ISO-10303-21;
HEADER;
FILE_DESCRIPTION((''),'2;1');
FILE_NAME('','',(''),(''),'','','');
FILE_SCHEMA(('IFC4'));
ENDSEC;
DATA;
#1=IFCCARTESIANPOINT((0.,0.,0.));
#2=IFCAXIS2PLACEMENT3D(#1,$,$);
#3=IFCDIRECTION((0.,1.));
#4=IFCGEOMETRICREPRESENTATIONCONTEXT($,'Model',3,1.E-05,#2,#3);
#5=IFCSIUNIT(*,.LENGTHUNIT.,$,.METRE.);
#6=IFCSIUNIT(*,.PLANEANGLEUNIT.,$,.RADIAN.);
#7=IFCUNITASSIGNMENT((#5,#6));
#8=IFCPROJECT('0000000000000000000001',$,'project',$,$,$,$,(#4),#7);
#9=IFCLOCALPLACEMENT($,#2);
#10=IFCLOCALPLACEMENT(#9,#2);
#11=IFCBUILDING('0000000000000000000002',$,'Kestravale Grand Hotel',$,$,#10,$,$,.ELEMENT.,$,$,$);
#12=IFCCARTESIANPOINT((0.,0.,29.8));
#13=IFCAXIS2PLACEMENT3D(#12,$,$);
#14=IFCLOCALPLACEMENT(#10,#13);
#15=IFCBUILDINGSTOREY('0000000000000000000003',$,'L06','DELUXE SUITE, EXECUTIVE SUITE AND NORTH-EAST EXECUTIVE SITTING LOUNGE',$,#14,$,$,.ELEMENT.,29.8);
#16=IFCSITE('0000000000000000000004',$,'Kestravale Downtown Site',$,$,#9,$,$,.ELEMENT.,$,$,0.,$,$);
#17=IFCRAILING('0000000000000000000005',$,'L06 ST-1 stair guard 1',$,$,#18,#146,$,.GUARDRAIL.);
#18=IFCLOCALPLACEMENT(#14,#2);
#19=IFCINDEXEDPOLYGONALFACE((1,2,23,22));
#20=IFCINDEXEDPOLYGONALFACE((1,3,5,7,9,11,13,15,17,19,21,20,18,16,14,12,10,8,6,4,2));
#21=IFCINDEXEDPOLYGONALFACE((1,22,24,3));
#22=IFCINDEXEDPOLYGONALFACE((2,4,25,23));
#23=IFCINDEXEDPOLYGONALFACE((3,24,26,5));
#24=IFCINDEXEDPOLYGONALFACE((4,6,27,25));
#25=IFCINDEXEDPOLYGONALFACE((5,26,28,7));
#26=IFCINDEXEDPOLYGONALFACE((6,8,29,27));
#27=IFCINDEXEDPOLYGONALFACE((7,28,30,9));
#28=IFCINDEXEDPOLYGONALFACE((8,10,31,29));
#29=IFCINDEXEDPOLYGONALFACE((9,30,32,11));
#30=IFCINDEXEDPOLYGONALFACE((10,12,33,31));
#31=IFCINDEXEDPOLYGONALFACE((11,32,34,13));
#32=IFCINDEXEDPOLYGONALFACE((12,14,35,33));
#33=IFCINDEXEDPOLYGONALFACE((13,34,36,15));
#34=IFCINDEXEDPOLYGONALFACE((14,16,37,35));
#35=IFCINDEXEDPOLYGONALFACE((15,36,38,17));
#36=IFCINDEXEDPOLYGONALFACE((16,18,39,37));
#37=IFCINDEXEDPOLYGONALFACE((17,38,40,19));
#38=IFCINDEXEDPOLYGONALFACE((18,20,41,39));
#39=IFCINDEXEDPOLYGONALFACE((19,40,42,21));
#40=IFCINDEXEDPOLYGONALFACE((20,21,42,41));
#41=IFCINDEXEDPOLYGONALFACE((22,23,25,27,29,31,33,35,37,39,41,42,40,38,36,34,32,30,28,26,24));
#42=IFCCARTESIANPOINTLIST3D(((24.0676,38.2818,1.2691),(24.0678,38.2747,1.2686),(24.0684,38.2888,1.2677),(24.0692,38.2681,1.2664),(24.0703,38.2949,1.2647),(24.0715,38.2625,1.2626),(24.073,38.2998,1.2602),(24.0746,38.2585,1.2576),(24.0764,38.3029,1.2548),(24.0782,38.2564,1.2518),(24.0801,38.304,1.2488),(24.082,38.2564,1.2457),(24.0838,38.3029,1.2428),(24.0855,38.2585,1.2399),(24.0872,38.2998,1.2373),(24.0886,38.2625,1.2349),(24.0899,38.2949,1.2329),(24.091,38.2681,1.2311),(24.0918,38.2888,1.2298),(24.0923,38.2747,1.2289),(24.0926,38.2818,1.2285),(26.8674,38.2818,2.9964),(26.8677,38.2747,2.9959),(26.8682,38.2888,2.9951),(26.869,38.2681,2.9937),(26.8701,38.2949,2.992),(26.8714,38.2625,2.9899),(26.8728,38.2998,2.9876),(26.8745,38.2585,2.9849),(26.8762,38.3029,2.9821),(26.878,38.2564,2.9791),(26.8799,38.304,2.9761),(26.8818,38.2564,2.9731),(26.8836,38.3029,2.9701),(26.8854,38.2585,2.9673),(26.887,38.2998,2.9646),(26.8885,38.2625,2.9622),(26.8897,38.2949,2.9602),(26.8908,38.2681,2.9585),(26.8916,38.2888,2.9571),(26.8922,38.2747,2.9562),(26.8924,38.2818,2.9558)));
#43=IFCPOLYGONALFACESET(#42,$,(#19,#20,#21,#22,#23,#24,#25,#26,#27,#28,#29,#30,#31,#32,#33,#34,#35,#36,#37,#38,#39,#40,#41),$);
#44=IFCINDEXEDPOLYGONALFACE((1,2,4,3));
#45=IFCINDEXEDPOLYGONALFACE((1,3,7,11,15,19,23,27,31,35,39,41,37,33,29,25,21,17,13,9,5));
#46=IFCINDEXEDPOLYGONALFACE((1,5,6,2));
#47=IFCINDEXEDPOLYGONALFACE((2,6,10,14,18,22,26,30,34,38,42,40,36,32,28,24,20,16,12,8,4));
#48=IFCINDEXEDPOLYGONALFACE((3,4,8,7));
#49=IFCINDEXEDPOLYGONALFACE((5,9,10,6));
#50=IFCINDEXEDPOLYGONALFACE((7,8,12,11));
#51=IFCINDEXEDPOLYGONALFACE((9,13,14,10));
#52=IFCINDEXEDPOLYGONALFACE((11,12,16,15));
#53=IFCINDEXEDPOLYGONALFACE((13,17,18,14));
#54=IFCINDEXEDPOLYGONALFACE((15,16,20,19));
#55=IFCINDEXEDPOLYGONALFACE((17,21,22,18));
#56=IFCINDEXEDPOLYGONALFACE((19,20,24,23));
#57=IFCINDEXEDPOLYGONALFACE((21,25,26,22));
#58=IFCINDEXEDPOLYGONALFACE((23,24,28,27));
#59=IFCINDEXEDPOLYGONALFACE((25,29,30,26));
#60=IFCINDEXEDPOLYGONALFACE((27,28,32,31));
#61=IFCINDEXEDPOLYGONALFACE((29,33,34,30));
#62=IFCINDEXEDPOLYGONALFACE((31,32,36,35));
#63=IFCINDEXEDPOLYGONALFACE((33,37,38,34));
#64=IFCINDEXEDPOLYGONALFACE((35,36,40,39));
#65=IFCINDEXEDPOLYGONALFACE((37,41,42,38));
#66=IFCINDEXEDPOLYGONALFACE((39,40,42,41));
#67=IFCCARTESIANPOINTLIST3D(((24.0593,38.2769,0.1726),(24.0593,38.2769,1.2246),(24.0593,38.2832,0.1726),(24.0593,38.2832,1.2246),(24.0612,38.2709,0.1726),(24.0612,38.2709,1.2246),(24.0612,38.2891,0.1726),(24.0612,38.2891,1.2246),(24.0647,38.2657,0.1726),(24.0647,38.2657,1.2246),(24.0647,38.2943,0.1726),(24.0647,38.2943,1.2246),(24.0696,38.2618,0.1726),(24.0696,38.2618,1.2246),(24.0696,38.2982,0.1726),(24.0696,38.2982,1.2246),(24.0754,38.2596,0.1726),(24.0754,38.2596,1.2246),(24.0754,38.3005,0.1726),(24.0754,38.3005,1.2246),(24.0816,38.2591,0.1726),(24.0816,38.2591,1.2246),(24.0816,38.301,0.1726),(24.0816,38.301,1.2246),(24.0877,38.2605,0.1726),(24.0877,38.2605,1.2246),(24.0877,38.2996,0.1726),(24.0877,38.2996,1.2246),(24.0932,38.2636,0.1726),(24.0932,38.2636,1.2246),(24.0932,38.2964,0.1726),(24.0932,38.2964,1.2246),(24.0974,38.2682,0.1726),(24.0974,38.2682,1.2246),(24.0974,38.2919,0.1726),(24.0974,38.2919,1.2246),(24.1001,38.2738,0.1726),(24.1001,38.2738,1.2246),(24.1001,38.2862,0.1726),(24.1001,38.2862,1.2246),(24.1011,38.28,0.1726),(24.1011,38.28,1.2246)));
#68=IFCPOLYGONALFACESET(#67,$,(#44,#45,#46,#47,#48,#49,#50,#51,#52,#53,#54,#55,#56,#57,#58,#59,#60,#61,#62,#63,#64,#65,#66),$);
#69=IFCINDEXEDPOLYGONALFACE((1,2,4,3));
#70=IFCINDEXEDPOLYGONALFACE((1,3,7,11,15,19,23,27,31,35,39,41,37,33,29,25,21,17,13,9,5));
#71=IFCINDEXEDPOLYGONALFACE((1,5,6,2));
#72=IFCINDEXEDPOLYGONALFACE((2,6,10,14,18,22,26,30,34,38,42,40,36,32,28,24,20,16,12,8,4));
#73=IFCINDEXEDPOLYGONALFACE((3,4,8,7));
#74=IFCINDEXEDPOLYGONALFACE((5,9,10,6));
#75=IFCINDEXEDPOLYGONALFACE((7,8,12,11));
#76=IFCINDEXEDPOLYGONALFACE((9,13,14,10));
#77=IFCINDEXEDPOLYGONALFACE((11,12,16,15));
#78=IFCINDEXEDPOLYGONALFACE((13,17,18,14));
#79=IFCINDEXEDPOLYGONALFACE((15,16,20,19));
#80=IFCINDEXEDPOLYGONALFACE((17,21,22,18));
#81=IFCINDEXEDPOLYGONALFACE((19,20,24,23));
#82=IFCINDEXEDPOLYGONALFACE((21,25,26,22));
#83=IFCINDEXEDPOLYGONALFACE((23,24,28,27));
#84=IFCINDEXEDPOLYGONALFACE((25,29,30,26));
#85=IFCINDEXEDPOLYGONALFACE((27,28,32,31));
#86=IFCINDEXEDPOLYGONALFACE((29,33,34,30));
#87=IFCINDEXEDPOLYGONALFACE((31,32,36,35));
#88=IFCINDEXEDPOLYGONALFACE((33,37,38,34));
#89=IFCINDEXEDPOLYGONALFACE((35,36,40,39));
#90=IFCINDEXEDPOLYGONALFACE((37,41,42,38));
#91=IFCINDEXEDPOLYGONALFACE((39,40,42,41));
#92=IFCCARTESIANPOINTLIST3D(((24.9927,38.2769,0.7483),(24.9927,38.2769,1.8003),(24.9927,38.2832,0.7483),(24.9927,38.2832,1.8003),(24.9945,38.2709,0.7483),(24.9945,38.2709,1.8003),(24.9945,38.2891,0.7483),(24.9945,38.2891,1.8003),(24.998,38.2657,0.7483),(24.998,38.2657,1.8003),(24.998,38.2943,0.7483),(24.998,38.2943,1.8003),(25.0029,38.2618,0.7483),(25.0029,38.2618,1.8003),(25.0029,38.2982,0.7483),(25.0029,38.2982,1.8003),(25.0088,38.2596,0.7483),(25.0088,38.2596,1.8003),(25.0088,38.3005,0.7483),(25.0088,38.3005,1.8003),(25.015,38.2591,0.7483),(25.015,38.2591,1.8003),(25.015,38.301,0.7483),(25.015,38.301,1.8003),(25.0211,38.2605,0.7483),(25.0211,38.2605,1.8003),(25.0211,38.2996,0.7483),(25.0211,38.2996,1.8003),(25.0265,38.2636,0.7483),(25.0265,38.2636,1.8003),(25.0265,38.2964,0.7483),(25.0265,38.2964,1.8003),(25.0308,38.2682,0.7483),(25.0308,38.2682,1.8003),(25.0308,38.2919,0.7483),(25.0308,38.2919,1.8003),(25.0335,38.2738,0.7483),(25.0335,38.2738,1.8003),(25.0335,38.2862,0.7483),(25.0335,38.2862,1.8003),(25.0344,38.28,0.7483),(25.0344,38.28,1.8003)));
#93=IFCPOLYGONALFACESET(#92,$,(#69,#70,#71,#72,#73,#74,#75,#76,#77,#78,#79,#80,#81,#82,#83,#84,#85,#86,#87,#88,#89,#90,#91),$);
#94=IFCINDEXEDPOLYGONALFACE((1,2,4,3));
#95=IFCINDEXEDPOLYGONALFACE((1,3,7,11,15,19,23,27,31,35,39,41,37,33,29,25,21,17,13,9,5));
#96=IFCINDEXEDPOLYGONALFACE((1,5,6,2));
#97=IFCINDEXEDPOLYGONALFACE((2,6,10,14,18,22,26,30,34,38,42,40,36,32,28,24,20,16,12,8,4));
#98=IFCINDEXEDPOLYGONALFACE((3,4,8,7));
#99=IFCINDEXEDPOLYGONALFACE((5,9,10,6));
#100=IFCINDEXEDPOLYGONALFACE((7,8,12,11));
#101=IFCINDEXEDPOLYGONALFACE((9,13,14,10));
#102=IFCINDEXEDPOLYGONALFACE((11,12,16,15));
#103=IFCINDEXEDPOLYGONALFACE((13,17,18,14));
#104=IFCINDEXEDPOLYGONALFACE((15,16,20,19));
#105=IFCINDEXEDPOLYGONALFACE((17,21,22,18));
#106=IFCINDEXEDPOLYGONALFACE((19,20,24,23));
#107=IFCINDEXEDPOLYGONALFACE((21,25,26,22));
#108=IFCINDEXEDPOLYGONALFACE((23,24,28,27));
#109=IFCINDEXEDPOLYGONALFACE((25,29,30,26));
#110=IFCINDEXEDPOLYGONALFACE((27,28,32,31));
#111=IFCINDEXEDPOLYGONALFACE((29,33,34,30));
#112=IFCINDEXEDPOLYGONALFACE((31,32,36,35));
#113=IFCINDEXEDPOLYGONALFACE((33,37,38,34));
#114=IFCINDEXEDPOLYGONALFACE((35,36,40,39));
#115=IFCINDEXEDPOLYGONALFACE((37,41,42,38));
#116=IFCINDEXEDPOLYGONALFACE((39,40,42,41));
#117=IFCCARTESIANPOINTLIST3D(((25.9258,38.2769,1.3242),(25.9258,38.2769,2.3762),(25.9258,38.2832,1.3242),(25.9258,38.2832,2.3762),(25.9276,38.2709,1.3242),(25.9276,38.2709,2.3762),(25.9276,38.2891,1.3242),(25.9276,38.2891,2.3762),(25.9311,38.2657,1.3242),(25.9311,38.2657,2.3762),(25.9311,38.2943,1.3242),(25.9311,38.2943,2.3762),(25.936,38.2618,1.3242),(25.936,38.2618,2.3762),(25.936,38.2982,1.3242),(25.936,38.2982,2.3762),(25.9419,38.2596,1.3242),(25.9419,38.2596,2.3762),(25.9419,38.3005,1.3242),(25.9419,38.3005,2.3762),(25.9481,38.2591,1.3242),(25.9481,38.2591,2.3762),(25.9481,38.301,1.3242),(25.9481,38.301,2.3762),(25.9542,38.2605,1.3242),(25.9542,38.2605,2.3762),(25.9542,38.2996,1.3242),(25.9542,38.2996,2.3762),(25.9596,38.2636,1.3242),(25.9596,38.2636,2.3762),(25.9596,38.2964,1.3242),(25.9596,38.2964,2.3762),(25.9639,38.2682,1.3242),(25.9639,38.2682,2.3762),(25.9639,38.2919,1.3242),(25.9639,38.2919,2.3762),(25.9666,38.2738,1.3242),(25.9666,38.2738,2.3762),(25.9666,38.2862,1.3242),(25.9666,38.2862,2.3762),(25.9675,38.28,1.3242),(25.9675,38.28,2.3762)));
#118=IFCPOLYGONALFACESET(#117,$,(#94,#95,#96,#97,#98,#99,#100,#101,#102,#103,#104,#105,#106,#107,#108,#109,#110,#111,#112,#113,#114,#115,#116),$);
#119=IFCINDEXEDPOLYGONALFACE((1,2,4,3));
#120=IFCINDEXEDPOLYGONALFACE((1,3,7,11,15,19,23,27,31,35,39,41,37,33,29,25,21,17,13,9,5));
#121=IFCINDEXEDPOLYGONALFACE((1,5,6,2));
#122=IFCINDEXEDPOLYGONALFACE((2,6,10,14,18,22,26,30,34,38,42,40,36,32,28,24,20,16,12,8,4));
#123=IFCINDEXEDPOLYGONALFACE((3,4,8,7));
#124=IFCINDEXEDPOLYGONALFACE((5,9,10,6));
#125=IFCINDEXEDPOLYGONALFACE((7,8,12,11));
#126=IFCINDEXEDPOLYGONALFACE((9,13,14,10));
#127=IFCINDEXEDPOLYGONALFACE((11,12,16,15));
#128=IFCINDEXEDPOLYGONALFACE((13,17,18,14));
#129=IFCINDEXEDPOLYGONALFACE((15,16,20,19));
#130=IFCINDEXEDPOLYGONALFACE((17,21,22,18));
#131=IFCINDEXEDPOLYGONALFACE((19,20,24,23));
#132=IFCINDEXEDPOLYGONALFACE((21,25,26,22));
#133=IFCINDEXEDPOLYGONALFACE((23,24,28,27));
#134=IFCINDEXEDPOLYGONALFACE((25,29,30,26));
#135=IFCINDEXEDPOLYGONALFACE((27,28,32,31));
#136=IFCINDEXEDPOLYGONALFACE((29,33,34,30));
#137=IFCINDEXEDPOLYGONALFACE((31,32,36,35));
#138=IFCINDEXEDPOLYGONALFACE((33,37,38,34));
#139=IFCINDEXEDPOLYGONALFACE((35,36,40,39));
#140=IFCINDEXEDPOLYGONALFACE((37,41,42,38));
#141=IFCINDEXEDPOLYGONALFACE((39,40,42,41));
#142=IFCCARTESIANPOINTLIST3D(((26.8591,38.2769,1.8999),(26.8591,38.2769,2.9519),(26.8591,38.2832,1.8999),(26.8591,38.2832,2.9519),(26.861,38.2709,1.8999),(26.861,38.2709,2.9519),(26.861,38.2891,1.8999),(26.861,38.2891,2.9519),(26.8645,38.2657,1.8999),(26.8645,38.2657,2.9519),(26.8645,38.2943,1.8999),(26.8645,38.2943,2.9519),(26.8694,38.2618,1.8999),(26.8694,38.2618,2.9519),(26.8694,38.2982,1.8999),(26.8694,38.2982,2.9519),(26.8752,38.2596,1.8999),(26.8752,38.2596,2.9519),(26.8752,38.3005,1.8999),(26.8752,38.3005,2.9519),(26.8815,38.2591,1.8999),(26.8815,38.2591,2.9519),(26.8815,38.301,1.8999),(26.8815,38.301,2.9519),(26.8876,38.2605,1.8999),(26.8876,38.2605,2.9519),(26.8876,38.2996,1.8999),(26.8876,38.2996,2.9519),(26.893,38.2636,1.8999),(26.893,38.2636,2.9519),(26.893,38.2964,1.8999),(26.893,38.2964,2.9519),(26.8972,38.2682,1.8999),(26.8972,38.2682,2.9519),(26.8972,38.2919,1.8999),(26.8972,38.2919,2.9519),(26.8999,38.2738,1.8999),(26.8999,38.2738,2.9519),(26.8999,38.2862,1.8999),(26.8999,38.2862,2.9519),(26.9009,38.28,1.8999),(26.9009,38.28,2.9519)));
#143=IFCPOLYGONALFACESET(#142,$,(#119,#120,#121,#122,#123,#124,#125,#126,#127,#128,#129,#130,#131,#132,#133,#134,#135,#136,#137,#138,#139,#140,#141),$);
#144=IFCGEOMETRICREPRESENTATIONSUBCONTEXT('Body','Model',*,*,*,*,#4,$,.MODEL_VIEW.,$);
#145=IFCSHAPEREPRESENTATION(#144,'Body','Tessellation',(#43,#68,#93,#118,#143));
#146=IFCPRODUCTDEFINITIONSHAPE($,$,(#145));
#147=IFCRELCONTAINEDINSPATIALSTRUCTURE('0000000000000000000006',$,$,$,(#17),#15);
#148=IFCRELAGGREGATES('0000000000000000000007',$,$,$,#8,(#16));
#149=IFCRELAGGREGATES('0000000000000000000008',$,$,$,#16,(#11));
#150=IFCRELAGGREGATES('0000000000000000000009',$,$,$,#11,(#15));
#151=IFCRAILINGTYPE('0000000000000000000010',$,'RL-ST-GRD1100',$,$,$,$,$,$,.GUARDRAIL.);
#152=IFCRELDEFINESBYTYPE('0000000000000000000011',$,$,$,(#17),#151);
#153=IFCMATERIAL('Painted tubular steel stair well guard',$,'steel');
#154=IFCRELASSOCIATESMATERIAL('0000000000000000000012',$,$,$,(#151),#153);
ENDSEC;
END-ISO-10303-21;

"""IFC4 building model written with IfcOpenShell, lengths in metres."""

from ifc_helpers import new_model, si_unit, direction, frame, origin, origin_2d, place, context, subcontext, project, spatial, circle, extrude, material, type_object, element, save


model = new_model("IFC4")

# Units and contexts
model_context = context("Model", 3, precision=1e-05, world=origin(), true_north=direction((0.0, 1.0)))
body_context = subcontext(model_context, "Body", "Model", "MODEL_VIEW")
ifc_project = project(units=[si_unit("LENGTHUNIT", "METRE"), si_unit("PLANEANGLEUNIT", "RADIAN")], contexts=[model_context])

# Site, building, storey
site_placement = place(None, origin())
site = spatial("IfcSite", under=ifc_project, at=site_placement, Name="Kestravale Downtown Site", CompositionType="ELEMENT", RefElevation=0.0)
building_placement = place(site_placement, origin())
building = spatial("IfcBuilding", under=site, at=building_placement, Name="Kestravale Grand Hotel", CompositionType="ELEMENT")
storey_placement = place(building_placement, frame((0.0, 0.0, 29.8)))
storey = spatial("IfcBuildingStorey", under=building, at=storey_placement, Name="L06", Description="DELUXE SUITE, EXECUTIVE SUITE AND NORTH-EAST EXECUTIVE SITTING LOUNGE", CompositionType="ELEMENT", Elevation=29.8)

# Railing
ifc_material_1 = material(Name="Painted tubular steel stair well guard", Category="steel")
railing_type_1 = type_object("IfcRailingType", Name="RL-ST-GRD1100", PredefinedType="GUARDRAIL", material=ifc_material_1)
railing_1_placement = place(storey_placement, frame((24.0801, 38.28, 0.1726)))
element("IfcRailing", 1, at=railing_1_placement, inside=storey, type_object=railing_type_1, Name="L06 ST-1 stair guard 1", PredefinedType="GUARDRAIL", context=body_context, shape_type="SweptSolid", body=[
    extrude(circle(Radius=0.0239, at=origin_2d()), frame((0.0, 0.0, 1.0762), z_axis=(0.851069, 0.0, 0.525054), x_axis=(0.0, 1.0, 0.0)), (0.0, 0.0, 1.0), 3.2898),
    extrude(circle(Radius=0.021, at=origin_2d()), origin(), (0.0, 0.0, 1.0), 1.052),
    extrude(circle(Radius=0.021, at=origin_2d()), frame((0.9333, 0.0, 0.5757)), (0.0, 0.0, 1.0), 1.052),
    extrude(circle(Radius=0.021, at=origin_2d()), frame((1.8665, 0.0, 1.1516)), (0.0, 0.0, 1.0), 1.052),
    extrude(circle(Radius=0.021, at=origin_2d()), frame((2.7998, 0.0, 1.7273)), (0.0, 0.0, 1.0), 1.052),
])

save(model, "model.ifc")
